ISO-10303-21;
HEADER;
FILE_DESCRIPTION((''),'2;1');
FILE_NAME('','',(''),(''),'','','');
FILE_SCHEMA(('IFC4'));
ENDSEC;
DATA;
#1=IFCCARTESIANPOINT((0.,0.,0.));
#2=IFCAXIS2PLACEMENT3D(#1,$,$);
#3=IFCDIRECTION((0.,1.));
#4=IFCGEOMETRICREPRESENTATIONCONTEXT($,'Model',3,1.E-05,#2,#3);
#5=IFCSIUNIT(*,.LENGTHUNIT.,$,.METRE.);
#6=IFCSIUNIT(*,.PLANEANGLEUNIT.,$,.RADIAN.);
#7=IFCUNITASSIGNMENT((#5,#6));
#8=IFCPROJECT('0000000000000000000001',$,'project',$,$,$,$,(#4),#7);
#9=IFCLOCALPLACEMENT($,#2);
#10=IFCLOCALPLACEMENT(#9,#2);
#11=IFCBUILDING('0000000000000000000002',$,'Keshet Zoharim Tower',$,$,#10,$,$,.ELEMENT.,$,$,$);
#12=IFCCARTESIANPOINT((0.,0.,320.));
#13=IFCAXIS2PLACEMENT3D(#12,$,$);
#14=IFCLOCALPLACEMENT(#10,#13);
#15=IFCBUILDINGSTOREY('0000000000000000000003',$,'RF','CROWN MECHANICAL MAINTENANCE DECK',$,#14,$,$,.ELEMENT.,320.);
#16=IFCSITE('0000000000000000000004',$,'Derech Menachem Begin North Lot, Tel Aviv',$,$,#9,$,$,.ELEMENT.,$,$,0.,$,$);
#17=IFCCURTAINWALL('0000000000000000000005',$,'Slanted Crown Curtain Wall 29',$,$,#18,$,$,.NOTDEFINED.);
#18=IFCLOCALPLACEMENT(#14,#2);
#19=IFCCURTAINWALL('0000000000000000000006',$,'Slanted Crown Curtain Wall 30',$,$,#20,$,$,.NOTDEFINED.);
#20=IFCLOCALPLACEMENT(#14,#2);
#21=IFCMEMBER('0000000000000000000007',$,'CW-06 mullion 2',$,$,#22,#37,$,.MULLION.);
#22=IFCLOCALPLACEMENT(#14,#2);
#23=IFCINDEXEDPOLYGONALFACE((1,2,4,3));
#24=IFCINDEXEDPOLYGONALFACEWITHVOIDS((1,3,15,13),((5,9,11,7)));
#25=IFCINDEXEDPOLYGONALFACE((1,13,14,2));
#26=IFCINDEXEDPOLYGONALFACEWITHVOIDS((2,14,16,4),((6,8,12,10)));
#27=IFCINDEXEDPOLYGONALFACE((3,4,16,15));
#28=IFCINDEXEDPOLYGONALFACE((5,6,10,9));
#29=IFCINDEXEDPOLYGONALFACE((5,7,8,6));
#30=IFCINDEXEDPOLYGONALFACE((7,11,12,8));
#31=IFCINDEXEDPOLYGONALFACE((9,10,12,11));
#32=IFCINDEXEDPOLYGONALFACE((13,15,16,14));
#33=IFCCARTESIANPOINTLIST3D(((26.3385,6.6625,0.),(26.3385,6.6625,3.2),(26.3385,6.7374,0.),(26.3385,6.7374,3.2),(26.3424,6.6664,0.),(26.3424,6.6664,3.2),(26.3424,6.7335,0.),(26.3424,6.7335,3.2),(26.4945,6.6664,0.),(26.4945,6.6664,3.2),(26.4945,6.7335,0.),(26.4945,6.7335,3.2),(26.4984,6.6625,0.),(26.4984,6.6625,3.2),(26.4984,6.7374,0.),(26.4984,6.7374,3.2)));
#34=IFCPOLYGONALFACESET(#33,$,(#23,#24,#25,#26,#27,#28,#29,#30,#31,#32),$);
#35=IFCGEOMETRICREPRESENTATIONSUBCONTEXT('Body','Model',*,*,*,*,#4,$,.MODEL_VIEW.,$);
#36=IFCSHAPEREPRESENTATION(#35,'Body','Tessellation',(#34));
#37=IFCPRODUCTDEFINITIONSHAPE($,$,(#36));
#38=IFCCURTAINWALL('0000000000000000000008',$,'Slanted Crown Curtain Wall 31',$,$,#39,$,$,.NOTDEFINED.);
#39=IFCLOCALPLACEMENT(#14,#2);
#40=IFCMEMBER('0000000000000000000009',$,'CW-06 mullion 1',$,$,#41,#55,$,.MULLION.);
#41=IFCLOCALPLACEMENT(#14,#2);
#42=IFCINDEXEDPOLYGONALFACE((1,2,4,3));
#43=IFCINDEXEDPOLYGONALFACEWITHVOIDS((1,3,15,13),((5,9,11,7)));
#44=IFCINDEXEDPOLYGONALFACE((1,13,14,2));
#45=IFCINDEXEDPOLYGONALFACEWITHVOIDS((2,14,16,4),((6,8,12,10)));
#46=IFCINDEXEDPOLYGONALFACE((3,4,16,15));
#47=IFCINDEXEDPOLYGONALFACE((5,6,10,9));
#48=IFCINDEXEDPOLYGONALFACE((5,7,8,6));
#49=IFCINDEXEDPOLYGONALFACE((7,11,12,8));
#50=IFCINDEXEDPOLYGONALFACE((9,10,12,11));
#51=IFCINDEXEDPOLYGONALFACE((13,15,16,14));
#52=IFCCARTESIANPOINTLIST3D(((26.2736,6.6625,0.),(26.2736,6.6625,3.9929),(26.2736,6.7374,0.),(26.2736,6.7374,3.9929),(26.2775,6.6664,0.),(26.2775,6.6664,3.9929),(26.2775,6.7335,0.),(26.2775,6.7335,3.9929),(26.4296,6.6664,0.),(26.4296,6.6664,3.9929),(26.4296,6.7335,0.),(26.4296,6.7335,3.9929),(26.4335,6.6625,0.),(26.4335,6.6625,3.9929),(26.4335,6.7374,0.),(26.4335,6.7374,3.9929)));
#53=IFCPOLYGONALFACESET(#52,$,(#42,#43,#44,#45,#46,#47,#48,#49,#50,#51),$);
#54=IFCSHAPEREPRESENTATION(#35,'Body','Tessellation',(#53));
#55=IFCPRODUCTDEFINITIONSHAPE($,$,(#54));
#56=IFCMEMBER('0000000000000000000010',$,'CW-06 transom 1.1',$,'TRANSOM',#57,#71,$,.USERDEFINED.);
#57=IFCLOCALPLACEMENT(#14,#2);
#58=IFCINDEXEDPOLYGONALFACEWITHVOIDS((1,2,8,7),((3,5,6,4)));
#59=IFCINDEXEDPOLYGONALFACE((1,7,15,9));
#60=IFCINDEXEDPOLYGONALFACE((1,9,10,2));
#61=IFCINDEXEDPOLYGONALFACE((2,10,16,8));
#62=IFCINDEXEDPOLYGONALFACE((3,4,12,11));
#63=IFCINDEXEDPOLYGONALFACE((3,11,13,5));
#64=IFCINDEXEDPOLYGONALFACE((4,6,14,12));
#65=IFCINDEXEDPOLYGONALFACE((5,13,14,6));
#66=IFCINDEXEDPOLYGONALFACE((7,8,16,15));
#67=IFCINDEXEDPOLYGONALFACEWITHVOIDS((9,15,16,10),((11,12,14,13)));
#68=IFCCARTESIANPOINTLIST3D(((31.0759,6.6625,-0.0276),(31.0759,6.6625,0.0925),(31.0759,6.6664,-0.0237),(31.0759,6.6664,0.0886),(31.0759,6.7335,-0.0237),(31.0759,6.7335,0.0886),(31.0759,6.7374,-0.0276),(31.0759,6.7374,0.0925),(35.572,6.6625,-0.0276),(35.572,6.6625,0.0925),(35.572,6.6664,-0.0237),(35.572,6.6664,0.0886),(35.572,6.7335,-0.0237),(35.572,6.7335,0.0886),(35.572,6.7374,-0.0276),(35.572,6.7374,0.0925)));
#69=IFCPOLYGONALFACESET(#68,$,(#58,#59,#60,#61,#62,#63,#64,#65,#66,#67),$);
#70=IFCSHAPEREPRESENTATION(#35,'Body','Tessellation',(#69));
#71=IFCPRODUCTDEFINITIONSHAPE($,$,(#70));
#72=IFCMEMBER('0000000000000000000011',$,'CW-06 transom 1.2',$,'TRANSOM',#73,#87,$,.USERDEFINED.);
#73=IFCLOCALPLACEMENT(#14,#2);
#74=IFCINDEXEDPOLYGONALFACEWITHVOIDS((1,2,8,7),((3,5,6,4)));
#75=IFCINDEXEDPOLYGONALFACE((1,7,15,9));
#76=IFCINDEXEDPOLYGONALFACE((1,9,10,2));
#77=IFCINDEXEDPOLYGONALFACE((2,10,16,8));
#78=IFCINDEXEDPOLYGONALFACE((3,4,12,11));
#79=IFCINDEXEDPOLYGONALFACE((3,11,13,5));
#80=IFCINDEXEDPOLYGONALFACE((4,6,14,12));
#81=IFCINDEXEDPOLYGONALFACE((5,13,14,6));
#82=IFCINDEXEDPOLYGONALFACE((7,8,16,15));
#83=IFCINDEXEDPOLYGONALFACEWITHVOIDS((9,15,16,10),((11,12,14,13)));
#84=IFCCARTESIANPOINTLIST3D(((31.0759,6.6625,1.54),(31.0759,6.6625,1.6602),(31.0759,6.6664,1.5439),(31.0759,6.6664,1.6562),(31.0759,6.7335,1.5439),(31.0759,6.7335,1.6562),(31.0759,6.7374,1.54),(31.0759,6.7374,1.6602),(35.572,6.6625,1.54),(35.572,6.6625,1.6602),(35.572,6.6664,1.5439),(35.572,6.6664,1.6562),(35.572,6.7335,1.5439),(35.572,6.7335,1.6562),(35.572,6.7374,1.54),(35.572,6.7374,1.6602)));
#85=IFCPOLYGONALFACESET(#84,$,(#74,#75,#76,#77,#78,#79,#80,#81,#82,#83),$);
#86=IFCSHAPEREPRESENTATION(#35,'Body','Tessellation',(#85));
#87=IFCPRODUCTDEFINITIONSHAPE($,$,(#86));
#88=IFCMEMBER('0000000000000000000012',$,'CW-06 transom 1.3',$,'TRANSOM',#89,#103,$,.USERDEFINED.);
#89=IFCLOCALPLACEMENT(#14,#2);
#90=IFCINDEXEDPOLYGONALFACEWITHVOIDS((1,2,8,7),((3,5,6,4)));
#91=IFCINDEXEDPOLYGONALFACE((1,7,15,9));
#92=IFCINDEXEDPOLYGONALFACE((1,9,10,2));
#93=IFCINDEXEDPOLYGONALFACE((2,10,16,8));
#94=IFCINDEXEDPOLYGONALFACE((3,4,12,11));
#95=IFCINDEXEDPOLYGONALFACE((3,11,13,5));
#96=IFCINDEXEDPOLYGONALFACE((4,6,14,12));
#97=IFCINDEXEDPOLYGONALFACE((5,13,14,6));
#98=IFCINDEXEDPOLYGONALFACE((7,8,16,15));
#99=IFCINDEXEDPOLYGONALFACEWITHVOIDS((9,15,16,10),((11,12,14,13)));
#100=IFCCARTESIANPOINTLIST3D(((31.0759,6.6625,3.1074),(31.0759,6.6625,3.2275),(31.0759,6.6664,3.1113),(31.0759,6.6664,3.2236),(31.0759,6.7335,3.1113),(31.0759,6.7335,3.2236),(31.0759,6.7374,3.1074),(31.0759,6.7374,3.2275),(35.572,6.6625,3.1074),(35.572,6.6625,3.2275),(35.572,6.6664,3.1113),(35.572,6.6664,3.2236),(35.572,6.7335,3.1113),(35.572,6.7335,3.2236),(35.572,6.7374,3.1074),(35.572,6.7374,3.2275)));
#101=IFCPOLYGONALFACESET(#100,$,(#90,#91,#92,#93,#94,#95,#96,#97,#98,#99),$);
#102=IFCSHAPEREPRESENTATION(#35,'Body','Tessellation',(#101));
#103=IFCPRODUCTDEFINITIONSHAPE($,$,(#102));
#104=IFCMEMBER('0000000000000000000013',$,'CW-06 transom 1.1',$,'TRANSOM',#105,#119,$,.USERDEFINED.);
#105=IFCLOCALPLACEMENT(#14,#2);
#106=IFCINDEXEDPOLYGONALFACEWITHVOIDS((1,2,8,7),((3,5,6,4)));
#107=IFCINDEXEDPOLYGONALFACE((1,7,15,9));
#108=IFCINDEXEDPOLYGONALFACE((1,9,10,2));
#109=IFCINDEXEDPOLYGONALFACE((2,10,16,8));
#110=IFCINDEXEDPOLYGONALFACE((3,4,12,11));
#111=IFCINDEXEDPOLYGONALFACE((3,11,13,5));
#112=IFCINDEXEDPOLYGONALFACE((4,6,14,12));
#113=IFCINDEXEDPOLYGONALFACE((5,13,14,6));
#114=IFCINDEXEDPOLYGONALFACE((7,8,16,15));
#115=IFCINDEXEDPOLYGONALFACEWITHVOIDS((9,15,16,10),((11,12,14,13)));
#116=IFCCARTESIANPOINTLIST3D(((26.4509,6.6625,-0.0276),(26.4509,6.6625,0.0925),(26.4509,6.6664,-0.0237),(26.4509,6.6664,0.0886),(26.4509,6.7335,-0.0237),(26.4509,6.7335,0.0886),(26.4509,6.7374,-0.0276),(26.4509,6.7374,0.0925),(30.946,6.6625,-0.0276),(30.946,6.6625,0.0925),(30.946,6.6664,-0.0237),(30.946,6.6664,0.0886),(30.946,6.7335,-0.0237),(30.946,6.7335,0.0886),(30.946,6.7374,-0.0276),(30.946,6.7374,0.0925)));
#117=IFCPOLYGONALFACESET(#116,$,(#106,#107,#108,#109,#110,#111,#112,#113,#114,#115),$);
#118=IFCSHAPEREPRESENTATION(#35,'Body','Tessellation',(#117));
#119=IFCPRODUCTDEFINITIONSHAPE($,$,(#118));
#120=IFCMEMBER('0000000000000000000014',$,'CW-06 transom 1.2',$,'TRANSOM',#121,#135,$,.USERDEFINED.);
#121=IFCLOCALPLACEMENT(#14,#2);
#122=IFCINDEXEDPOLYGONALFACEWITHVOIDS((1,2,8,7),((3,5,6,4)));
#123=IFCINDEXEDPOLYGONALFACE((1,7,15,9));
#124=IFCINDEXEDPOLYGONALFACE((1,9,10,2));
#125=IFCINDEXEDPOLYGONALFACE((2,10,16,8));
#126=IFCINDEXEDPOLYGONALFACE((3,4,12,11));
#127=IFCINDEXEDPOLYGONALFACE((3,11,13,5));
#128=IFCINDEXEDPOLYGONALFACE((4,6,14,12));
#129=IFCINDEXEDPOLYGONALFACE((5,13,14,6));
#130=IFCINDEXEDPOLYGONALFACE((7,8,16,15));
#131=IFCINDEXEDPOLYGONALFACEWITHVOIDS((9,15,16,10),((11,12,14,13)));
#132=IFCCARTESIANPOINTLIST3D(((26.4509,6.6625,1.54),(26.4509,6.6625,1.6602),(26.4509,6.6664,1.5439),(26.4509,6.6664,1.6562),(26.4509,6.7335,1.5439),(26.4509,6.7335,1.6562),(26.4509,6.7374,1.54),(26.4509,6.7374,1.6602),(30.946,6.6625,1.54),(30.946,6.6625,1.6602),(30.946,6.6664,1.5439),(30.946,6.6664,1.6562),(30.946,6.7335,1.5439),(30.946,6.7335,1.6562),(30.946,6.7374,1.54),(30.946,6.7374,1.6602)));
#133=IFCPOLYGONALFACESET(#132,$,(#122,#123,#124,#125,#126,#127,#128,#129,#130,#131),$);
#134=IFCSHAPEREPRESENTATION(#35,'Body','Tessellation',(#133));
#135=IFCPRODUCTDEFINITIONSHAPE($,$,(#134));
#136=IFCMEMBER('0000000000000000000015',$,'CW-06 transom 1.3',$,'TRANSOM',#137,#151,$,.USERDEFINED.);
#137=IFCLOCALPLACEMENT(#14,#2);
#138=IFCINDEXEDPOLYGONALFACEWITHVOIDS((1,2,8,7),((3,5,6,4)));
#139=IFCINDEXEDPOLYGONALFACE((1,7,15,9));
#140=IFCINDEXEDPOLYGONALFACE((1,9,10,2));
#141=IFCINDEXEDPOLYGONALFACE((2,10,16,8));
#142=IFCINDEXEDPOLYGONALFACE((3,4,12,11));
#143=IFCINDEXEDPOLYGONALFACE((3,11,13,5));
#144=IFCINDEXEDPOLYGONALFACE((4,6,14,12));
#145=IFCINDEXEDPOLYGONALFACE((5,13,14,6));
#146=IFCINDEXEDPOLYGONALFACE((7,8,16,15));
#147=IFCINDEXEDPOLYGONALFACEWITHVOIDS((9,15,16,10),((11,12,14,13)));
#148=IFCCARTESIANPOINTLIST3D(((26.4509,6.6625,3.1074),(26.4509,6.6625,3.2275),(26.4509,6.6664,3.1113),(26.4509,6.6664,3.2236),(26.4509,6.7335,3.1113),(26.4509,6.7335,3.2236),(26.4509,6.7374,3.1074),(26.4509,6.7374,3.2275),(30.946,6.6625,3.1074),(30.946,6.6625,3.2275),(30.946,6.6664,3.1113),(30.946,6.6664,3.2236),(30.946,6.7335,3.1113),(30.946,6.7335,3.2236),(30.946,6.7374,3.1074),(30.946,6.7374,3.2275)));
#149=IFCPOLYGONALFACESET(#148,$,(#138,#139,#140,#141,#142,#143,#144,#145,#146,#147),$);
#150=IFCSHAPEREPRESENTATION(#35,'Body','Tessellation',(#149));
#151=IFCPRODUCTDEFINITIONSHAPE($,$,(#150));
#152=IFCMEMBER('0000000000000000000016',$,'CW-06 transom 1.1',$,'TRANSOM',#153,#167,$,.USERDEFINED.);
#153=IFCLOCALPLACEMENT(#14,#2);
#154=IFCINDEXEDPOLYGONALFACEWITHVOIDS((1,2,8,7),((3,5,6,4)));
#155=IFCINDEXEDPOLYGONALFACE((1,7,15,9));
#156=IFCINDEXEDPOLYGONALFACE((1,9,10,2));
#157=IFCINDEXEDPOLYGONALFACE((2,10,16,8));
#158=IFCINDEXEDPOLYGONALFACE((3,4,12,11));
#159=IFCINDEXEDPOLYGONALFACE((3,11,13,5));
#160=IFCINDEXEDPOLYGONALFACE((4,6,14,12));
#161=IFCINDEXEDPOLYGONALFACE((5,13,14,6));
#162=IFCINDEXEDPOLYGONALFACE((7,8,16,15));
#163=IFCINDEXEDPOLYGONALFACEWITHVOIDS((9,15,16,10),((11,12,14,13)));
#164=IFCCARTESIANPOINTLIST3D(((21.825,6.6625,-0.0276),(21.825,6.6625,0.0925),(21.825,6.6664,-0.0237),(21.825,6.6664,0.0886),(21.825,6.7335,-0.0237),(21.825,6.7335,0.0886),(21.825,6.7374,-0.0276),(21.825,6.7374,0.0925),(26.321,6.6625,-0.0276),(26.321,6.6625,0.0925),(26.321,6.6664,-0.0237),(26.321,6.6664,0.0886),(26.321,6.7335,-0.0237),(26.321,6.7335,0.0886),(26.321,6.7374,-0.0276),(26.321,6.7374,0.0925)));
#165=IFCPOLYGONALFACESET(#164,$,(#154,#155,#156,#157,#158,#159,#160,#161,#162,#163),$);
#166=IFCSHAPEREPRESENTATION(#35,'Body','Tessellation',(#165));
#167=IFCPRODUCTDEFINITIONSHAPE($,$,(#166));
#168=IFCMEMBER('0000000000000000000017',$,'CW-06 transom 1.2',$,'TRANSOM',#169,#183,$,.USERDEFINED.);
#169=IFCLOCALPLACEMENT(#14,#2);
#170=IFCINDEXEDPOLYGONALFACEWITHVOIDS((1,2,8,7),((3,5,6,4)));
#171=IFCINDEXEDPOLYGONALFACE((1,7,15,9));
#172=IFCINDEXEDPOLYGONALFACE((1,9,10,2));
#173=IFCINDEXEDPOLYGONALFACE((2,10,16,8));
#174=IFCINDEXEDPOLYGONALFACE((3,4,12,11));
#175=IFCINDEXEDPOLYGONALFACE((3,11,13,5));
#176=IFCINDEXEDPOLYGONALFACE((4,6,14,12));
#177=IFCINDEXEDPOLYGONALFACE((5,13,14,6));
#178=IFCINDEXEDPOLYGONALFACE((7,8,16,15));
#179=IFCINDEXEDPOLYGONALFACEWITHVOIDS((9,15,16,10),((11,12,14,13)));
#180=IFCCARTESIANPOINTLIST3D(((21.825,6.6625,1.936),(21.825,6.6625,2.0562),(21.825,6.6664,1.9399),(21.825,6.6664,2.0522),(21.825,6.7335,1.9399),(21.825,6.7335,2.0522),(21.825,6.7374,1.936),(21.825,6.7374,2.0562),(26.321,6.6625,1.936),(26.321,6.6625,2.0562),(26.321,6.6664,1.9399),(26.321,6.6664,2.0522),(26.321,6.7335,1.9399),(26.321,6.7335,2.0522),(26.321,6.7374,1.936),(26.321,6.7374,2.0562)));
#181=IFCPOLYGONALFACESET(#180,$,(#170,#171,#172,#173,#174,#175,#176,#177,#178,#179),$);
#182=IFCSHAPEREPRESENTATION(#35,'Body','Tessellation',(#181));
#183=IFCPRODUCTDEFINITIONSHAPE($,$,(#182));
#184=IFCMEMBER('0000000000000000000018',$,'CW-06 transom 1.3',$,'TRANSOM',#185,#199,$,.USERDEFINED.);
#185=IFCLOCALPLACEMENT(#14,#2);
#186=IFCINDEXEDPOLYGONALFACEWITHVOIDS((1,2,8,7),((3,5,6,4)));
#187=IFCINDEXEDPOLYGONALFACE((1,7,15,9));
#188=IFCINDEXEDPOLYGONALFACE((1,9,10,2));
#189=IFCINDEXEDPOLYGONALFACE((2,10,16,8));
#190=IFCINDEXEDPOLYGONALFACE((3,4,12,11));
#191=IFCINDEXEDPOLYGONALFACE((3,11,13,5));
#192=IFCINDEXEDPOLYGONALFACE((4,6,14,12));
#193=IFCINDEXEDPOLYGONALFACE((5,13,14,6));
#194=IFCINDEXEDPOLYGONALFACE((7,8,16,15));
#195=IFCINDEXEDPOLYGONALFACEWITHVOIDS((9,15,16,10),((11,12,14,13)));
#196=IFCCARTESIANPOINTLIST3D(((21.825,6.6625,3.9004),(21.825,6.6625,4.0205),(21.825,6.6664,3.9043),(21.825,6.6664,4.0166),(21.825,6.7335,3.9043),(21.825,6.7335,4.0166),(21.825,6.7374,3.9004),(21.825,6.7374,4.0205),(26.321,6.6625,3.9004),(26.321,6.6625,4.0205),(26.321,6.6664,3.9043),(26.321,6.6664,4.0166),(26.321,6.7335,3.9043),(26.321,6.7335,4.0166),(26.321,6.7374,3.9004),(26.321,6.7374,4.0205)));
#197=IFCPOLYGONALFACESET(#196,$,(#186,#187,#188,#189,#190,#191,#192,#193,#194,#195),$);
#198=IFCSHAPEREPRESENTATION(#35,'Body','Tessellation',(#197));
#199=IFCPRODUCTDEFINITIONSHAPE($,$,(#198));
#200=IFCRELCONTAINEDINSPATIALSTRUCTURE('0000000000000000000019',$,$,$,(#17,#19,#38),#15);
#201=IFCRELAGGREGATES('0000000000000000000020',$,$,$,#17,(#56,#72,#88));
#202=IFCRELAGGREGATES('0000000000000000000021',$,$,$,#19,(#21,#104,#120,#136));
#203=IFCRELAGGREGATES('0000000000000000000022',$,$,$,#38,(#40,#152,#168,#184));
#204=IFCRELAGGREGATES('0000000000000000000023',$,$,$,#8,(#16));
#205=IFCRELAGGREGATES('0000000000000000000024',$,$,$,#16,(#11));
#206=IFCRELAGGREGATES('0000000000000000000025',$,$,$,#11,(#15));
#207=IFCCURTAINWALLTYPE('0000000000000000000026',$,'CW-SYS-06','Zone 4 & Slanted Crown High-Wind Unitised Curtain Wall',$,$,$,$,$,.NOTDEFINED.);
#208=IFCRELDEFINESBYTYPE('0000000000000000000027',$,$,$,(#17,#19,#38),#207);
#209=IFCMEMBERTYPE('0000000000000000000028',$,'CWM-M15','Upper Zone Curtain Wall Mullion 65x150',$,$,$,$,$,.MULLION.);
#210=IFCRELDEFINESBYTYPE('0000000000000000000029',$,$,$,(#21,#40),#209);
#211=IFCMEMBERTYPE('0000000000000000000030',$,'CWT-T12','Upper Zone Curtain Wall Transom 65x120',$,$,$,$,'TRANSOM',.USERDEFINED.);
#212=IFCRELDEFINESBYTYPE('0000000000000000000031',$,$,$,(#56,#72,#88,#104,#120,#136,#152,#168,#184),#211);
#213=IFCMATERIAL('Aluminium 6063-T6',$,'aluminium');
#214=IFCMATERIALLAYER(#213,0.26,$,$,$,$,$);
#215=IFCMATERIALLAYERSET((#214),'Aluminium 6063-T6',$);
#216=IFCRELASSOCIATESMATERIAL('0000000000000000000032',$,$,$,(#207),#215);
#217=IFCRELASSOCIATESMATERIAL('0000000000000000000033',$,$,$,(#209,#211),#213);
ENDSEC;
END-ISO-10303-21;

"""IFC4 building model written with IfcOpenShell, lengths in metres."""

from ifc_helpers import new_model, si_unit, direction, frame, origin, origin_2d, place, context, subcontext, project, spatial, hollow_rectangle, extrude, material, layer, layer_set, material_profile, profile_set, type_object, element, aggregate, save


model = new_model("IFC4")

# Units and contexts
model_context = context("Model", 3, precision=1e-05, world=origin(), true_north=direction((0.0, 1.0)))
body_context = subcontext(model_context, "Body", "Model", "MODEL_VIEW")
ifc_project = project(units=[si_unit("LENGTHUNIT", "METRE"), si_unit("PLANEANGLEUNIT", "RADIAN")], contexts=[model_context])

# Site, building, storey
site_placement = place(None, origin())
site = spatial("IfcSite", under=ifc_project, at=site_placement, Name="Derech Menachem Begin North Lot, Tel Aviv", CompositionType="ELEMENT", RefElevation=0.0)
building_placement = place(site_placement, origin())
building = spatial("IfcBuilding", under=site, at=building_placement, Name="Keshet Zoharim Tower", CompositionType="ELEMENT")
storey_placement = place(building_placement, frame((0.0, 0.0, 320.0)))
storey = spatial("IfcBuildingStorey", under=building, at=storey_placement, Name="RF", Description="CROWN MECHANICAL MAINTENANCE DECK", CompositionType="ELEMENT", Elevation=320.0)

# Curtain walls, member
ifc_material_1 = material(Name="Aluminium 6063-T6", Category="aluminium")
ifc_layer_1 = layer(ifc_material_1, 0.26)
ifc_layer_set_1 = layer_set([ifc_layer_1], Name="Aluminium 6063-T6")
curtain_wall_type = type_object("IfcCurtainWallType", Name="CW-SYS-06", Description="Zone 4 & Slanted Crown High-Wind Unitised Curtain Wall", PredefinedType="NOTDEFINED", material=ifc_layer_set_1)
curtain_wall_1_placement = place(storey_placement, origin())
curtain_wall_1 = element("IfcCurtainWall", 1, at=curtain_wall_1_placement, inside=storey, type_object=curtain_wall_type, Name="Slanted Crown Curtain Wall 29", PredefinedType="NOTDEFINED")
ifc_material_profile_1 = material_profile(ifc_material_1, hollow_rectangle(XDim=0.075, YDim=0.1599, WallThickness=0.0039, at=origin_2d()), Name="MUL-75x160")
ifc_profile_set_1 = profile_set([ifc_material_profile_1], Name="Aluminium 6063-T6")
member_type_1 = type_object("IfcMemberType", Name="CWM-M15", Description="Upper Zone Curtain Wall Mullion 65x150", PredefinedType="MULLION", material=ifc_profile_set_1)
curtain_wall_2_placement = place(storey_placement, origin())
curtain_wall_2 = element("IfcCurtainWall", 2, at=curtain_wall_2_placement, inside=storey, type_object=curtain_wall_type, Name="Slanted Crown Curtain Wall 30", PredefinedType="NOTDEFINED")
member_1_placement = place(storey_placement, frame((26.4185, 6.7, 0.0), z_axis=(0.0, 0.0, 1.0), x_axis=(0.0, -1.0, 0.0)))
member_1 = element("IfcMember", 3, at=member_1_placement, type_object=member_type_1, Name="CW-06 mullion 2", PredefinedType="MULLION", context=body_context, shape_type="SweptSolid", body=[
    extrude(hollow_rectangle(XDim=0.075, YDim=0.1599, WallThickness=0.0039, at=origin_2d()), origin(), (0.0, 0.0, 1.0), 3.2),
])

# Curtain wall, member
curtain_wall_3_placement = place(storey_placement, origin())
curtain_wall_3 = element("IfcCurtainWall", 4, at=curtain_wall_3_placement, inside=storey, type_object=curtain_wall_type, Name="Slanted Crown Curtain Wall 31", PredefinedType="NOTDEFINED")
member_2_placement = place(storey_placement, frame((26.3535, 6.7, 0.0), z_axis=(0.0, 0.0, 1.0), x_axis=(0.0, -1.0, 0.0)))
member_2 = element("IfcMember", 5, at=member_2_placement, type_object=member_type_1, Name="CW-06 mullion 1", PredefinedType="MULLION", context=body_context, shape_type="SweptSolid", body=[
    extrude(hollow_rectangle(XDim=0.075, YDim=0.1599, WallThickness=0.0039, at=origin_2d()), origin(), (0.0, 0.0, 1.0), 3.9929),
])

# Members
ifc_material_profile_2 = material_profile(ifc_material_1, hollow_rectangle(XDim=0.075, YDim=0.1201, WallThickness=0.0039, at=origin_2d()), Name="TRN-75x120")
ifc_profile_set_2 = profile_set([ifc_material_profile_2], Name="Aluminium 6063-T6")
member_type_2 = type_object("IfcMemberType", Name="CWT-T12", Description="Upper Zone Curtain Wall Transom 65x120", ElementType="TRANSOM", PredefinedType="USERDEFINED", material=ifc_profile_set_2)
member_3_placement = place(storey_placement, frame((35.572, 6.7, 0.0325), z_axis=(-1.0, 0.0, 0.0), x_axis=(0.0, -1.0, 0.0)))
member_3 = element("IfcMember", 6, at=member_3_placement, type_object=member_type_2, Name="CW-06 transom 1.1", ObjectType="TRANSOM", PredefinedType="USERDEFINED", context=body_context, shape_type="SweptSolid", body=[
    extrude(hollow_rectangle(XDim=0.075, YDim=0.1201, WallThickness=0.0039, at=origin_2d()), origin(), (0.0, 0.0, 1.0), 4.4961),
])
member_4_placement = place(storey_placement, frame((35.572, 6.7, 1.6001), z_axis=(-1.0, 0.0, 0.0), x_axis=(0.0, -1.0, 0.0)))
member_4 = element("IfcMember", 7, at=member_4_placement, type_object=member_type_2, Name="CW-06 transom 1.2", ObjectType="TRANSOM", PredefinedType="USERDEFINED", context=body_context, shape_type="SweptSolid", body=[
    extrude(hollow_rectangle(XDim=0.075, YDim=0.1201, WallThickness=0.0039, at=origin_2d()), origin(), (0.0, 0.0, 1.0), 4.4961),
])
member_5_placement = place(storey_placement, frame((35.572, 6.7, 3.1675), z_axis=(-1.0, 0.0, 0.0), x_axis=(0.0, -1.0, 0.0)))
member_5 = element("IfcMember", 8, at=member_5_placement, type_object=member_type_2, Name="CW-06 transom 1.3", ObjectType="TRANSOM", PredefinedType="USERDEFINED", context=body_context, shape_type="SweptSolid", body=[
    extrude(hollow_rectangle(XDim=0.075, YDim=0.1201, WallThickness=0.0039, at=origin_2d()), origin(), (0.0, 0.0, 1.0), 4.4961),
])
member_6_placement = place(storey_placement, frame((30.946, 6.7, 0.0325), z_axis=(-1.0, 0.0, 0.0), x_axis=(0.0, -1.0, 0.0)))
member_6 = element("IfcMember", 9, at=member_6_placement, type_object=member_type_2, Name="CW-06 transom 1.1", ObjectType="TRANSOM", PredefinedType="USERDEFINED", context=body_context, shape_type="SweptSolid", body=[
    extrude(hollow_rectangle(XDim=0.075, YDim=0.1201, WallThickness=0.0039, at=origin_2d()), origin(), (0.0, 0.0, 1.0), 4.4951),
])
member_7_placement = place(storey_placement, frame((30.946, 6.7, 1.6001), z_axis=(-1.0, 0.0, 0.0), x_axis=(0.0, -1.0, 0.0)))
member_7 = element("IfcMember", 10, at=member_7_placement, type_object=member_type_2, Name="CW-06 transom 1.2", ObjectType="TRANSOM", PredefinedType="USERDEFINED", context=body_context, shape_type="SweptSolid", body=[
    extrude(hollow_rectangle(XDim=0.075, YDim=0.1201, WallThickness=0.0039, at=origin_2d()), origin(), (0.0, 0.0, 1.0), 4.4951),
])
member_8_placement = place(storey_placement, frame((30.946, 6.7, 3.1675), z_axis=(-1.0, 0.0, 0.0), x_axis=(0.0, -1.0, 0.0)))
member_8 = element("IfcMember", 11, at=member_8_placement, type_object=member_type_2, Name="CW-06 transom 1.3", ObjectType="TRANSOM", PredefinedType="USERDEFINED", context=body_context, shape_type="SweptSolid", body=[
    extrude(hollow_rectangle(XDim=0.075, YDim=0.1201, WallThickness=0.0039, at=origin_2d()), origin(), (0.0, 0.0, 1.0), 4.4951),
])
member_9_placement = place(storey_placement, frame((26.321, 6.7, 0.0325), z_axis=(-1.0, 0.0, 0.0), x_axis=(0.0, -1.0, 0.0)))
member_9 = element("IfcMember", 12, at=member_9_placement, type_object=member_type_2, Name="CW-06 transom 1.1", ObjectType="TRANSOM", PredefinedType="USERDEFINED", context=body_context, shape_type="SweptSolid", body=[
    extrude(hollow_rectangle(XDim=0.075, YDim=0.1201, WallThickness=0.0039, at=origin_2d()), origin(), (0.0, 0.0, 1.0), 4.4961),
])
member_10_placement = place(storey_placement, frame((26.321, 6.7, 1.9961), z_axis=(-1.0, 0.0, 0.0), x_axis=(0.0, -1.0, 0.0)))
member_10 = element("IfcMember", 13, at=member_10_placement, type_object=member_type_2, Name="CW-06 transom 1.2", ObjectType="TRANSOM", PredefinedType="USERDEFINED", context=body_context, shape_type="SweptSolid", body=[
    extrude(hollow_rectangle(XDim=0.075, YDim=0.1201, WallThickness=0.0039, at=origin_2d()), origin(), (0.0, 0.0, 1.0), 4.4961),
])
member_11_placement = place(storey_placement, frame((26.321, 6.7, 3.9604), z_axis=(-1.0, 0.0, 0.0), x_axis=(0.0, -1.0, 0.0)))
member_11 = element("IfcMember", 14, at=member_11_placement, type_object=member_type_2, Name="CW-06 transom 1.3", ObjectType="TRANSOM", PredefinedType="USERDEFINED", context=body_context, shape_type="SweptSolid", body=[
    extrude(hollow_rectangle(XDim=0.075, YDim=0.1201, WallThickness=0.0039, at=origin_2d()), origin(), (0.0, 0.0, 1.0), 4.4961),
])

aggregate(curtain_wall_1, [member_3, member_4, member_5])
aggregate(curtain_wall_2, [member_1, member_6, member_7, member_8])
aggregate(curtain_wall_3, [member_2, member_9, member_10, member_11])

save(model, "model.ifc")
